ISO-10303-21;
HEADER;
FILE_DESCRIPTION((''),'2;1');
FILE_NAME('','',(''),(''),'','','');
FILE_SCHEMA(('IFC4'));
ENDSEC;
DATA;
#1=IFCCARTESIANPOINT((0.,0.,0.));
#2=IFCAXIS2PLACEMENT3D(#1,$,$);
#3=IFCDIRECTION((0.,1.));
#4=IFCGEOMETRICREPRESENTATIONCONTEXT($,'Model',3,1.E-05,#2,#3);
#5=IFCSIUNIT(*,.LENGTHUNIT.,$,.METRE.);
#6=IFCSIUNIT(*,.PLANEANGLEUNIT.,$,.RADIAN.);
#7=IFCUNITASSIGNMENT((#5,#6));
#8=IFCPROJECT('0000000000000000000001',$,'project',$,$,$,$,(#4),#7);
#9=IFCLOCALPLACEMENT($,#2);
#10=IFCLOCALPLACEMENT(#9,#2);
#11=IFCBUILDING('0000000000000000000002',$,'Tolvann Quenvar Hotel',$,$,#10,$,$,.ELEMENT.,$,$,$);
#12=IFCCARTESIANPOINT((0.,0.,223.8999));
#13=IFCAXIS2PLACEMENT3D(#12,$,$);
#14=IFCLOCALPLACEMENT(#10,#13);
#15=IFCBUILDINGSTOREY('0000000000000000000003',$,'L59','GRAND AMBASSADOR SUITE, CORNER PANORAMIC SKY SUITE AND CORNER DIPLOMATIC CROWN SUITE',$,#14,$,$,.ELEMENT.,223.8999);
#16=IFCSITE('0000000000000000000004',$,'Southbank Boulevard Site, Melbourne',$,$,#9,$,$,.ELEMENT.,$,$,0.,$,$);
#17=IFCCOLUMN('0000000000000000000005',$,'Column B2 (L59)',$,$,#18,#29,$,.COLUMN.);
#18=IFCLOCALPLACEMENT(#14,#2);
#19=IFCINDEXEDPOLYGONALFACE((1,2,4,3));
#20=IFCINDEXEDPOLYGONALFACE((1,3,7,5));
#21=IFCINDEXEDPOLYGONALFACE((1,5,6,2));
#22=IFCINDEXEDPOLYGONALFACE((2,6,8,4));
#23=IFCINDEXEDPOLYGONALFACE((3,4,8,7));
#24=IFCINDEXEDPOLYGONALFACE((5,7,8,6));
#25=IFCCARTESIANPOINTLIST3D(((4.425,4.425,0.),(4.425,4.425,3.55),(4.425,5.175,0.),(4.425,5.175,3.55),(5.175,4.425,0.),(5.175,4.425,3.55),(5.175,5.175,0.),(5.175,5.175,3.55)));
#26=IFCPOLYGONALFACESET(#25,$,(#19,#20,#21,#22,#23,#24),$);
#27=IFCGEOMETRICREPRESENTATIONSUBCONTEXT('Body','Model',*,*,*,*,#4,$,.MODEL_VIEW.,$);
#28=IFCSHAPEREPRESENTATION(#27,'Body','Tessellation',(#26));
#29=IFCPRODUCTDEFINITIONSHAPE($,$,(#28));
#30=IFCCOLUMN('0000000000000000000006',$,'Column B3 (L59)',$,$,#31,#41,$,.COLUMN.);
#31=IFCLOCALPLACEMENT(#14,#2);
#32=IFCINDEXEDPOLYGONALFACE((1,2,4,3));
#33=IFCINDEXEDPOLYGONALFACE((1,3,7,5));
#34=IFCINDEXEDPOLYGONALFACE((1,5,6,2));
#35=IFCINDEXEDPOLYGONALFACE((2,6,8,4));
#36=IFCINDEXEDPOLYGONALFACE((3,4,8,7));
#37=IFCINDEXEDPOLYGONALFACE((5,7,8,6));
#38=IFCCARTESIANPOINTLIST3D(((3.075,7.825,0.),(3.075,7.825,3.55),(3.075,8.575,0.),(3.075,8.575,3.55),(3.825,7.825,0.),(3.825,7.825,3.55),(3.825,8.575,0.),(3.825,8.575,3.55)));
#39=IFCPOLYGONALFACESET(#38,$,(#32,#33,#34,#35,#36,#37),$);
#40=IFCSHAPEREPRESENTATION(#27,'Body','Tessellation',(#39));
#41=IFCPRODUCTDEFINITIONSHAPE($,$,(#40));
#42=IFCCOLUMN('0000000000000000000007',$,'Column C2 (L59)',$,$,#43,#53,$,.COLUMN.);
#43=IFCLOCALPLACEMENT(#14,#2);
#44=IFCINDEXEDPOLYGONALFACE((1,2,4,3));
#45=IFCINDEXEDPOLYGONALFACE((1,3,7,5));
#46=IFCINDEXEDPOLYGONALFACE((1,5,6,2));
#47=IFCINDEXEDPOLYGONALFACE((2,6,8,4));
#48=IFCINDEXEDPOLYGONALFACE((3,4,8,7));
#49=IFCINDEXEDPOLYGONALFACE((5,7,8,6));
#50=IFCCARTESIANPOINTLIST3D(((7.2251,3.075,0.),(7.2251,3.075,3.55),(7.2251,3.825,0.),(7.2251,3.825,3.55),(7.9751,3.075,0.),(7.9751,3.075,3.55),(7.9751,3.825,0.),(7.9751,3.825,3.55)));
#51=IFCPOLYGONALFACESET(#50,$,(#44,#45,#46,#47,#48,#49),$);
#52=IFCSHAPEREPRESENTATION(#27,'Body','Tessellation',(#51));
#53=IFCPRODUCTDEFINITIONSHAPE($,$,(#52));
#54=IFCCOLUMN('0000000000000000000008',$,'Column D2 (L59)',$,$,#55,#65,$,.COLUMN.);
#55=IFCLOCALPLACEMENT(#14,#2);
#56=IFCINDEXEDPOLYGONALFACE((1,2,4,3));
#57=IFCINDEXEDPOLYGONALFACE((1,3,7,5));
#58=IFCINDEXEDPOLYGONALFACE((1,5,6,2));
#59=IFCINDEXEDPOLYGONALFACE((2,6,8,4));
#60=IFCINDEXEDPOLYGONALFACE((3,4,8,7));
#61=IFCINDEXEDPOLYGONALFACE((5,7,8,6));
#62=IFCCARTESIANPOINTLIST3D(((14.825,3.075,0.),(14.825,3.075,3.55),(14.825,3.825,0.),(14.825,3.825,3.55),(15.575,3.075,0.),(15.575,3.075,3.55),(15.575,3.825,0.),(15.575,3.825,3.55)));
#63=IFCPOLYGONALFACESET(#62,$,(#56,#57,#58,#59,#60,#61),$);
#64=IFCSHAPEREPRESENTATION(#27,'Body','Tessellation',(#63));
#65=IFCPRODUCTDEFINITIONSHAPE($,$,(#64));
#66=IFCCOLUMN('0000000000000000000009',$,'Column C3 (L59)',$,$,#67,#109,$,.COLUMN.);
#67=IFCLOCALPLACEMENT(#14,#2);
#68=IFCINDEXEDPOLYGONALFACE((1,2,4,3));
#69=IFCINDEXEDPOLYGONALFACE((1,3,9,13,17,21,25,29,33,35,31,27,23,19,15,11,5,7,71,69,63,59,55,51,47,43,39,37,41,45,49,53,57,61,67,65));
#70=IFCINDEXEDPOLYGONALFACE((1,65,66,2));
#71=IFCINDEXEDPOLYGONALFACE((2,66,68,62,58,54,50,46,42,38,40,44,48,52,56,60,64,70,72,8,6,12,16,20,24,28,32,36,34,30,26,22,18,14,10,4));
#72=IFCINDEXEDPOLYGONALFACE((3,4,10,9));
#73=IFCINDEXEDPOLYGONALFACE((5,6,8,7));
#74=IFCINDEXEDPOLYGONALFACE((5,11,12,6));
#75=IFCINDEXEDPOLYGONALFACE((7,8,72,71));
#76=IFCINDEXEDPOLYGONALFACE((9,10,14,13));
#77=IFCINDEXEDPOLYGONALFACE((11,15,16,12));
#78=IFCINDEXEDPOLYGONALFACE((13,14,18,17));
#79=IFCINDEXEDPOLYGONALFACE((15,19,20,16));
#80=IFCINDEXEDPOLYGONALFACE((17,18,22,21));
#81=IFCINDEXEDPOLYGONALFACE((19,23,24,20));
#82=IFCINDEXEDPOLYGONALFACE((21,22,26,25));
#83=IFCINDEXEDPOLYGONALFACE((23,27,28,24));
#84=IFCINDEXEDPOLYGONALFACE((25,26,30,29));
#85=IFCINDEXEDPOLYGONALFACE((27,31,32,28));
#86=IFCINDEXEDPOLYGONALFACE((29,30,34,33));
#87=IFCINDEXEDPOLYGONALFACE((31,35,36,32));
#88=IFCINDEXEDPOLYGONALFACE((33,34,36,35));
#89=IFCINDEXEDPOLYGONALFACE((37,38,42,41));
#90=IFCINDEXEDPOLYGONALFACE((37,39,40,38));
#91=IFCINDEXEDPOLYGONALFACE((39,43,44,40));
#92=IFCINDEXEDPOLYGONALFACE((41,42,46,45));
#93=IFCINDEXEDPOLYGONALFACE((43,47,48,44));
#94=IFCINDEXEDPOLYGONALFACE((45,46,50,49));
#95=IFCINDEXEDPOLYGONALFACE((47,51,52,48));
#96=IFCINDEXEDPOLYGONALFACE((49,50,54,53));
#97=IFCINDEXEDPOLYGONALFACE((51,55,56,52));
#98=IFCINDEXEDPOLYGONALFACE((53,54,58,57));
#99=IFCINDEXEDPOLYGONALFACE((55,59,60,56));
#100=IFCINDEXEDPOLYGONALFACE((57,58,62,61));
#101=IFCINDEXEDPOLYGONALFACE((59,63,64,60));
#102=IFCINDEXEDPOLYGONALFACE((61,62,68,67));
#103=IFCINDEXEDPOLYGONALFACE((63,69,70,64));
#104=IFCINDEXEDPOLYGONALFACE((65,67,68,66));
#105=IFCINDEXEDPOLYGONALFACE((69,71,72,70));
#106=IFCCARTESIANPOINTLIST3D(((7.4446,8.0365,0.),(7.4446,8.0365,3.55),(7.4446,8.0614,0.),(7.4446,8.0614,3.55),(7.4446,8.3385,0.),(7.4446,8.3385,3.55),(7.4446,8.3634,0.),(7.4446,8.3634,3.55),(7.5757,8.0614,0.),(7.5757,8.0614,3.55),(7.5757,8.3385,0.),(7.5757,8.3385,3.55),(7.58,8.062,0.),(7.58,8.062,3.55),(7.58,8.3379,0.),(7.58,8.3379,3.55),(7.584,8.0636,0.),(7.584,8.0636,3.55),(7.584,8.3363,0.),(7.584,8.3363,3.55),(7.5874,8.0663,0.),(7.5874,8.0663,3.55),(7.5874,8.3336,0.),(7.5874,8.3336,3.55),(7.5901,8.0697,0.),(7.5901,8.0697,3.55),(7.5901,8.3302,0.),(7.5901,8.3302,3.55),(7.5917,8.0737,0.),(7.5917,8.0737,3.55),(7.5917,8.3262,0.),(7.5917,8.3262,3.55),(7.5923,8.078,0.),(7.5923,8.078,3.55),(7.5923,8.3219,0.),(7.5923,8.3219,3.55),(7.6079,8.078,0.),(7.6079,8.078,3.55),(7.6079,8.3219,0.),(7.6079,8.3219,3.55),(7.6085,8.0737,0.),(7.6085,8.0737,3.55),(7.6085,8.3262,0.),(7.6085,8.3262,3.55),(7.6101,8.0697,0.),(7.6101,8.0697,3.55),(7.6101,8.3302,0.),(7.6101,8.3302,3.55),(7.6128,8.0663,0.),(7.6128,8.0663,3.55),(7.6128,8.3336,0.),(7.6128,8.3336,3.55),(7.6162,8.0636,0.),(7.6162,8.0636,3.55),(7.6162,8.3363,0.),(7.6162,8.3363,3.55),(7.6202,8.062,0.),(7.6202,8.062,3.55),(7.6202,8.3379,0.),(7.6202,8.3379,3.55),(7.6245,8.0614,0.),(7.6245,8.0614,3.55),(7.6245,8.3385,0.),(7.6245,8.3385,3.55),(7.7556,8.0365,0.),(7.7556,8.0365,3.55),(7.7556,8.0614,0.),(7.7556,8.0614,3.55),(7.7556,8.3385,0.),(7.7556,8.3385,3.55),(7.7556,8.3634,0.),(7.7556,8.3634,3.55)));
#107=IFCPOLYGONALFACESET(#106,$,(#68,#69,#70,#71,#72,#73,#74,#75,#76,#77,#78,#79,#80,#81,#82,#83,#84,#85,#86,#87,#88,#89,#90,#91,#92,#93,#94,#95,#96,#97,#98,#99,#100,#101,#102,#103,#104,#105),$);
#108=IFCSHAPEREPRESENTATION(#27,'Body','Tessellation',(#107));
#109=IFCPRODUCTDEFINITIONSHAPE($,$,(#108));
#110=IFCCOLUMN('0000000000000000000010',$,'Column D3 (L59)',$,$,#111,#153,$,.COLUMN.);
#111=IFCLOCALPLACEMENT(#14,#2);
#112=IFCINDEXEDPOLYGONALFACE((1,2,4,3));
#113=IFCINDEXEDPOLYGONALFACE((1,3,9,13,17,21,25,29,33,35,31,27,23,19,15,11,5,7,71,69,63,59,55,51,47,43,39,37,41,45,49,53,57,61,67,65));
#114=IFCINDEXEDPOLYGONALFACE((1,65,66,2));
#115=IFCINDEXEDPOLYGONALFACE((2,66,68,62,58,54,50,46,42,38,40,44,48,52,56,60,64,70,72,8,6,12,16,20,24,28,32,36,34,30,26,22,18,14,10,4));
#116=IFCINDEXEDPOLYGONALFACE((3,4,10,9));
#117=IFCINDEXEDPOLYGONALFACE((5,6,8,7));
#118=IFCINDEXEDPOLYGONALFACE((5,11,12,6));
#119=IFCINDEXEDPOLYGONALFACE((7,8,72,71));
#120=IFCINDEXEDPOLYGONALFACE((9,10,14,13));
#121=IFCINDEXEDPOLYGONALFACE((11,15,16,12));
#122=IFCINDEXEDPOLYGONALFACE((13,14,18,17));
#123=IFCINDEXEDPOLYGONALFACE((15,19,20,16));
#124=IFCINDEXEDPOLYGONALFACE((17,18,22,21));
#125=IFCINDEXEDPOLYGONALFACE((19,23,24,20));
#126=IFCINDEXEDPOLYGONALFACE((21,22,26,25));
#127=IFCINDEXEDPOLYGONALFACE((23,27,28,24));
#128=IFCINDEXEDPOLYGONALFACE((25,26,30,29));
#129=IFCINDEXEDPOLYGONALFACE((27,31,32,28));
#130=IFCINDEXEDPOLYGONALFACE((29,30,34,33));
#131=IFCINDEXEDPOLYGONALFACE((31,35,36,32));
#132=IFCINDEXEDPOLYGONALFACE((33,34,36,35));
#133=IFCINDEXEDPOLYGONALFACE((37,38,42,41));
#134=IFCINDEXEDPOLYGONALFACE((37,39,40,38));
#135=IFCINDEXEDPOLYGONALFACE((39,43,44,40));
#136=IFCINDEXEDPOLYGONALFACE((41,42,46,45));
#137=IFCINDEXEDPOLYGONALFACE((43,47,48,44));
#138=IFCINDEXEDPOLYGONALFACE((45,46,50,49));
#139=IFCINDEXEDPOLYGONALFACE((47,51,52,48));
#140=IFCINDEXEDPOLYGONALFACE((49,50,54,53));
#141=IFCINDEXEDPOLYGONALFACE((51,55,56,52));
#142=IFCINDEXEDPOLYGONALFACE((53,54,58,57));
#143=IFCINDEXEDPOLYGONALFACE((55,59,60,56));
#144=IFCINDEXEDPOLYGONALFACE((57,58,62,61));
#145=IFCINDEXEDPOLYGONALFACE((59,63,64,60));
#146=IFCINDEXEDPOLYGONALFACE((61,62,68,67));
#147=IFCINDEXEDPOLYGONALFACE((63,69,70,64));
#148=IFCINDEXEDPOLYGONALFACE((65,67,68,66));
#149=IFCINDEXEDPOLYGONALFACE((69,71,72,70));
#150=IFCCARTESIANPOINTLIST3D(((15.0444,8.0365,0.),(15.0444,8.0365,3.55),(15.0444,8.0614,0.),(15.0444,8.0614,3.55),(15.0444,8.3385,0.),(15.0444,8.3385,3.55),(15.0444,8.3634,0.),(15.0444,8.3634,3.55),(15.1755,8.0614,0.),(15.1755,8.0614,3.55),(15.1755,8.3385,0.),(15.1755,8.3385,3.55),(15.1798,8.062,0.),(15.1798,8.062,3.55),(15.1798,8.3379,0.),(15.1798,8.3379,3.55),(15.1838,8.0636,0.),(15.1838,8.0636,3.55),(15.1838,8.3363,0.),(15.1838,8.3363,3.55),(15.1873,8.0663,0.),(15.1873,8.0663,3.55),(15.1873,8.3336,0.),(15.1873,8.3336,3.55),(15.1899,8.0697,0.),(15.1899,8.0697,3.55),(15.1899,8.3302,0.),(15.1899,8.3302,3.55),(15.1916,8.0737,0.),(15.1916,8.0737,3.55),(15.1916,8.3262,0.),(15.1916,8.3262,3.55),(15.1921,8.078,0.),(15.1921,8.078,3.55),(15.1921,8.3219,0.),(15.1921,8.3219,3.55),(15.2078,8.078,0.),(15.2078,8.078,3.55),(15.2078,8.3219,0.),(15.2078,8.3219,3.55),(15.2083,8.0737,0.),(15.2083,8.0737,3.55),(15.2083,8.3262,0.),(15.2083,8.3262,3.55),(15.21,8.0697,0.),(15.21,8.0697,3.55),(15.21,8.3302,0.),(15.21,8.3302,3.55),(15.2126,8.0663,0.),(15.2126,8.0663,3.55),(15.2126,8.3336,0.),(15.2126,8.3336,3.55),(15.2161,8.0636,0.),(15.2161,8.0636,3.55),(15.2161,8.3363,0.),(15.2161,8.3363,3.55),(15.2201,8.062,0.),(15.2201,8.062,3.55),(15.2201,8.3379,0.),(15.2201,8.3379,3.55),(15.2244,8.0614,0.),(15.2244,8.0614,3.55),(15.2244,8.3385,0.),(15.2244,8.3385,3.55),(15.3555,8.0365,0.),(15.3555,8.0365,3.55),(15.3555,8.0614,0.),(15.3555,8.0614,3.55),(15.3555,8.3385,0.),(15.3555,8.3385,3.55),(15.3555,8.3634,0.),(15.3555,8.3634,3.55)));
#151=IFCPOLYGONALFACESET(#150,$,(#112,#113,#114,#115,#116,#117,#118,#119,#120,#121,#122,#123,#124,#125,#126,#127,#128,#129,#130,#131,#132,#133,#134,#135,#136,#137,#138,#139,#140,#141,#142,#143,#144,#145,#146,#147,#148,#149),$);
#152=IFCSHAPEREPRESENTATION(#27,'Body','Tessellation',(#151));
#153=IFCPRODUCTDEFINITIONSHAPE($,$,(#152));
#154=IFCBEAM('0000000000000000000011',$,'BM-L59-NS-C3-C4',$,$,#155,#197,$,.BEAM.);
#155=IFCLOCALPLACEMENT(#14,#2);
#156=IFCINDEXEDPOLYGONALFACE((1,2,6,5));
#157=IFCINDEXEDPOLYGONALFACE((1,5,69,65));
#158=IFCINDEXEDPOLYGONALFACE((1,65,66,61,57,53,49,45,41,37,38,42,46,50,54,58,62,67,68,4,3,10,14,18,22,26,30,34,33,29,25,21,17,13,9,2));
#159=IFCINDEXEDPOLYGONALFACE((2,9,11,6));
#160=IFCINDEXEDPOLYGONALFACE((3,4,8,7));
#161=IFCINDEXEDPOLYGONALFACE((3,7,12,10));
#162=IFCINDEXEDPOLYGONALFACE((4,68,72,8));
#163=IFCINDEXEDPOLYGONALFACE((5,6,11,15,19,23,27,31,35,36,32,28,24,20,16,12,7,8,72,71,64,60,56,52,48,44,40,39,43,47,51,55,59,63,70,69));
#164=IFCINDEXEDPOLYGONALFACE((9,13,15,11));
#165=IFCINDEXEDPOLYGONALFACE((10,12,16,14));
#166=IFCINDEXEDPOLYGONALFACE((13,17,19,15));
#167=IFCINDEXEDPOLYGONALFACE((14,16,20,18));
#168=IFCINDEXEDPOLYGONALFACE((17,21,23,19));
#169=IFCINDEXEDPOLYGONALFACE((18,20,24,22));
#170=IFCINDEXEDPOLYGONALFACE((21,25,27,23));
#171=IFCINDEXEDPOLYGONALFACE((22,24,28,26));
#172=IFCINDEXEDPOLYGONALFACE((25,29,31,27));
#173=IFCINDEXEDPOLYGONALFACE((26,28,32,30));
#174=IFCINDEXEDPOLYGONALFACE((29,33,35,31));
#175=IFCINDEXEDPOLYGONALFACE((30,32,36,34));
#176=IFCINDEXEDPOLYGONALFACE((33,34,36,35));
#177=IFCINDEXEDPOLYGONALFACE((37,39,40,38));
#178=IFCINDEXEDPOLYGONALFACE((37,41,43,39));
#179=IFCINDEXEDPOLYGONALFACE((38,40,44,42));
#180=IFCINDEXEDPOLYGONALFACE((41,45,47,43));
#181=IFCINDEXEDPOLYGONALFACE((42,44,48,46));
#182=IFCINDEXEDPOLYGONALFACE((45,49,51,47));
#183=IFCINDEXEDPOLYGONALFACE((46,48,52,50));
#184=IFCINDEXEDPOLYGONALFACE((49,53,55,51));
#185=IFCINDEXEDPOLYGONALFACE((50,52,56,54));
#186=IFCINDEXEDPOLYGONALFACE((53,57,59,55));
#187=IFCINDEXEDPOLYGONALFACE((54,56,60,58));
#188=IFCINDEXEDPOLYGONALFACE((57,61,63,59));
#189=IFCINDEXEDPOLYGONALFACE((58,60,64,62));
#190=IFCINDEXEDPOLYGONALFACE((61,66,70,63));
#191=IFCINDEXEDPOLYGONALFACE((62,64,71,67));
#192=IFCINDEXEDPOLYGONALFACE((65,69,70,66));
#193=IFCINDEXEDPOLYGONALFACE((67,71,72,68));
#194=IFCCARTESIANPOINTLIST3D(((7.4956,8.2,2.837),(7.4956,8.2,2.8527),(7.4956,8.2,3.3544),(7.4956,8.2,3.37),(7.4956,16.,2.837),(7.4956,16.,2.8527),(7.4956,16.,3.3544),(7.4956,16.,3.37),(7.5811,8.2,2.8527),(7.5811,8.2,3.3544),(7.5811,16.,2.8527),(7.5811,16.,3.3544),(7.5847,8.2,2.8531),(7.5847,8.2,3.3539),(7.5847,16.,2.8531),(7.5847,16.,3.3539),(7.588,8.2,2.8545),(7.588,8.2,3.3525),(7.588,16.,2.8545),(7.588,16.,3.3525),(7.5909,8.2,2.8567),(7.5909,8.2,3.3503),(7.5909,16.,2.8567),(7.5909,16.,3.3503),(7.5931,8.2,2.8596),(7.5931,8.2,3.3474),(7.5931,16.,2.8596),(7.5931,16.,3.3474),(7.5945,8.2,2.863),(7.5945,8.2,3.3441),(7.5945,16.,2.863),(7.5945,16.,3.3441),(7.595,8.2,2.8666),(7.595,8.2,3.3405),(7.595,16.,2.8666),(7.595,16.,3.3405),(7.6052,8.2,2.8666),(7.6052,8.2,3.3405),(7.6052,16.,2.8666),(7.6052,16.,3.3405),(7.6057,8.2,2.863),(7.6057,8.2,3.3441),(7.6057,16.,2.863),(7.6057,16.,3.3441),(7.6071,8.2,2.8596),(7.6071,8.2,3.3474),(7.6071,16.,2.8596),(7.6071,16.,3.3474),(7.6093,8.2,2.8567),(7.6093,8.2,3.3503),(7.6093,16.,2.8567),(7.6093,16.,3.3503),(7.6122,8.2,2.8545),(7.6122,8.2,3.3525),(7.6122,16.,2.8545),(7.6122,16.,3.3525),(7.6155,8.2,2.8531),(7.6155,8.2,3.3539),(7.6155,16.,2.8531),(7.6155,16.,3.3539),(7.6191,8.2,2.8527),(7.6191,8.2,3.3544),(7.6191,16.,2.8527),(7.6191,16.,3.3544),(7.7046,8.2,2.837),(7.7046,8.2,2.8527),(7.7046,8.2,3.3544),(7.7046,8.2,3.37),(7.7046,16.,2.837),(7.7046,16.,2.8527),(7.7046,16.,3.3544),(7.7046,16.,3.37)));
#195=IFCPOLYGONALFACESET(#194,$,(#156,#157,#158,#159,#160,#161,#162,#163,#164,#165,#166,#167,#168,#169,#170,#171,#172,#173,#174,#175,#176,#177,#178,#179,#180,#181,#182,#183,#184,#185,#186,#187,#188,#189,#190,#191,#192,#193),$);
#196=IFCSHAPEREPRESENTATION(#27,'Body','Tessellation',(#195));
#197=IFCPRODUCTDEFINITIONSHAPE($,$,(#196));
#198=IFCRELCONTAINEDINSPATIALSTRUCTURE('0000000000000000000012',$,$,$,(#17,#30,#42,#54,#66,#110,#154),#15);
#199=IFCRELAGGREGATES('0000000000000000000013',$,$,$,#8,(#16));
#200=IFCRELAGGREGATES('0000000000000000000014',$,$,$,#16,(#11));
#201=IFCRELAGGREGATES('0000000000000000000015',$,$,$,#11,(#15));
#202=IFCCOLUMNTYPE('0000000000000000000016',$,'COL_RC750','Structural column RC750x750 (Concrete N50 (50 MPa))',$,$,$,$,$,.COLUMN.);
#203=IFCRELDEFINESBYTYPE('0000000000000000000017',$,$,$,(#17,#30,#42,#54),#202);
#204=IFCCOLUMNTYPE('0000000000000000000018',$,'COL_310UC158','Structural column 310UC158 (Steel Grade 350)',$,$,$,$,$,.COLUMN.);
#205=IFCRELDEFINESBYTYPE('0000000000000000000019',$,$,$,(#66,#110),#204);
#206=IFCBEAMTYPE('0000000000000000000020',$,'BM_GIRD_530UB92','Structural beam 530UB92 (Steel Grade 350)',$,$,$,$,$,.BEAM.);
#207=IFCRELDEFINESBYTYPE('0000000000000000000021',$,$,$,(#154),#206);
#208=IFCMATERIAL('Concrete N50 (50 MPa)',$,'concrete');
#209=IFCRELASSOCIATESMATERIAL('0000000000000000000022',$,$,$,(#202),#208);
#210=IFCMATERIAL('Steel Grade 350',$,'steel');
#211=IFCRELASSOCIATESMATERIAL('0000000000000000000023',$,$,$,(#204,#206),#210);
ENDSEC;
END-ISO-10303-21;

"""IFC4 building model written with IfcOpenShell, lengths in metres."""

from ifc_helpers import new_model, si_unit, direction, frame, origin, origin_2d, place, context, subcontext, project, spatial, rectangle, i_section, extrude, source, transform, mapped, material, material_profile, profile_set, type_object, type_shapes, element, save


model = new_model("IFC4")

# Units and contexts
model_context = context("Model", 3, precision=1e-05, world=origin(), true_north=direction((0.0, 1.0)))
body_context = subcontext(model_context, "Body", "Model", "MODEL_VIEW")
ifc_project = project(units=[si_unit("LENGTHUNIT", "METRE"), si_unit("PLANEANGLEUNIT", "RADIAN")], contexts=[model_context])

# Site, building, storey
site_placement = place(None, origin())
site = spatial("IfcSite", under=ifc_project, at=site_placement, Name="Southbank Boulevard Site, Melbourne", CompositionType="ELEMENT", RefElevation=0.0)
building_placement = place(site_placement, origin())
building = spatial("IfcBuilding", under=site, at=building_placement, Name="Tolvann Quenvar Hotel", CompositionType="ELEMENT")
storey_placement = place(building_placement, frame((0.0, 0.0, 223.8999)))
storey = spatial("IfcBuildingStorey", under=building, at=storey_placement, Name="L59", Description="GRAND AMBASSADOR SUITE, CORNER PANORAMIC SKY SUITE AND CORNER DIPLOMATIC CROWN SUITE", CompositionType="ELEMENT", Elevation=223.8999)

# Columns
ifc_material_1 = material(Name="Concrete N50 (50 MPa)", Category="concrete")
ifc_material_profile_1 = material_profile(ifc_material_1, rectangle(XDim=0.75, YDim=0.75, at=origin_2d()), Name="RC750x750")
ifc_profile_set_1 = profile_set([ifc_material_profile_1], Name="Concrete N50 (50 MPa)")
column_type_1 = type_object("IfcColumnType", Name="COL_RC750", Description="Structural column RC750x750 (Concrete N50 (50 MPa))", PredefinedType="COLUMN", material=ifc_profile_set_1)
shared_shape_1 = source(origin(), body_context, "Body", "SweptSolid", [
    extrude(rectangle(XDim=0.75, YDim=0.75, at=origin_2d()), origin(), (0.0, 0.0, 1.0), 3.55),
])
type_shapes(column_type_1, [shared_shape_1])
for number, where, z_axis, x_axis, name in (
    (1, (4.8, 4.8, 0.0), (0.0, 0.0, 1.0), (1.0, 0.0, 0.0), "Column B2 (L59)"),
    (2, (3.45, 8.2, 0.0), (0.0, 0.0, 1.0), (1.0, 0.0, 0.0), "Column B3 (L59)"),
    (3, (7.6001, 3.45, 0.0), (0.0, 0.0, 1.0), (1.0, 0.0, 0.0), "Column C2 (L59)"),
    (4, (15.2, 3.45, 0.0), (0.0, 0.0, 1.0), (1.0, 0.0, 0.0), "Column D2 (L59)"),
):
    element("IfcColumn", number, at=place(storey_placement, frame(where, z_axis=z_axis, x_axis=x_axis)), inside=storey, type_object=column_type_1, Name=name, PredefinedType="COLUMN", context=body_context, shape_type="MappedRepresentation", body=[
        mapped(shared_shape_1, transform((0.0, 0.0, 0.0), x_axis=(1.0, 0.0, 0.0), y_axis=(0.0, 1.0, 0.0), z_axis=(0.0, 0.0, 1.0), scale=1.0)),
    ])
ifc_material_2 = material(Name="Steel Grade 350", Category="steel")
ifc_material_profile_2 = material_profile(ifc_material_2, i_section(OverallWidth=0.311, OverallDepth=0.3269, WebThickness=0.0156, FlangeThickness=0.0249, FilletRadius=0.0166, at=origin_2d()), Name="310UC158")
ifc_profile_set_2 = profile_set([ifc_material_profile_2], Name="Steel Grade 350")
column_type_2 = type_object("IfcColumnType", Name="COL_310UC158", Description="Structural column 310UC158 (Steel Grade 350)", PredefinedType="COLUMN", material=ifc_profile_set_2)
shared_shape_2 = source(origin(), body_context, "Body", "SweptSolid", [
    extrude(i_section(OverallWidth=0.311, OverallDepth=0.3269, WebThickness=0.0156, FlangeThickness=0.0249, FilletRadius=0.0166, at=origin_2d()), origin(), (0.0, 0.0, 1.0), 3.55),
])
type_shapes(column_type_2, [shared_shape_2])
for number, where, z_axis, x_axis, name in (
    (5, (7.6001, 8.2, 0.0), (0.0, 0.0, 1.0), (1.0, 0.0, 0.0), "Column C3 (L59)"),
    (6, (15.2, 8.2, 0.0), (0.0, 0.0, 1.0), (1.0, 0.0, 0.0), "Column D3 (L59)"),
):
    element("IfcColumn", number, at=place(storey_placement, frame(where, z_axis=z_axis, x_axis=x_axis)), inside=storey, type_object=column_type_2, Name=name, PredefinedType="COLUMN", context=body_context, shape_type="MappedRepresentation", body=[
        mapped(shared_shape_2, transform((0.0, 0.0, 0.0), x_axis=(1.0, 0.0, 0.0), y_axis=(0.0, 1.0, 0.0), z_axis=(0.0, 0.0, 1.0), scale=1.0)),
    ])

# Beam
ifc_material_profile_3 = material_profile(ifc_material_2, i_section(OverallWidth=0.209, OverallDepth=0.533, WebThickness=0.0103, FlangeThickness=0.0156, FilletRadius=0.0139, at=origin_2d()), Name="530UB92")
ifc_profile_set_3 = profile_set([ifc_material_profile_3], Name="Steel Grade 350")
beam_type_1 = type_object("IfcBeamType", Name="BM_GIRD_530UB92", Description="Structural beam 530UB92 (Steel Grade 350)", PredefinedType="BEAM", material=ifc_profile_set_3)
shared_shape_3 = source(origin(), body_context, "Body", "SweptSolid", [
    extrude(i_section(OverallWidth=0.209, OverallDepth=0.533, WebThickness=0.0103, FlangeThickness=0.0156, FilletRadius=0.0139, at=origin_2d()), origin(), (0.0, 0.0, 1.0), 7.8),
])
for number, where, z_axis, x_axis, name in (
    (7, (7.6001, 8.2, 3.1035), (0.0, 1.0, 0.0), (-1.0, 0.0, 0.0), "BM-L59-NS-C3-C4"),
):
    element("IfcBeam", number, at=place(storey_placement, frame(where, z_axis=z_axis, x_axis=x_axis)), inside=storey, type_object=beam_type_1, Name=name, PredefinedType="BEAM", context=body_context, shape_type="MappedRepresentation", body=[
        mapped(shared_shape_3, transform((0.0, 0.0, 0.0), x_axis=(1.0, 0.0, 0.0), y_axis=(0.0, 1.0, 0.0), z_axis=(0.0, 0.0, 1.0), scale=1.0)),
    ])

save(model, "model.ifc")
